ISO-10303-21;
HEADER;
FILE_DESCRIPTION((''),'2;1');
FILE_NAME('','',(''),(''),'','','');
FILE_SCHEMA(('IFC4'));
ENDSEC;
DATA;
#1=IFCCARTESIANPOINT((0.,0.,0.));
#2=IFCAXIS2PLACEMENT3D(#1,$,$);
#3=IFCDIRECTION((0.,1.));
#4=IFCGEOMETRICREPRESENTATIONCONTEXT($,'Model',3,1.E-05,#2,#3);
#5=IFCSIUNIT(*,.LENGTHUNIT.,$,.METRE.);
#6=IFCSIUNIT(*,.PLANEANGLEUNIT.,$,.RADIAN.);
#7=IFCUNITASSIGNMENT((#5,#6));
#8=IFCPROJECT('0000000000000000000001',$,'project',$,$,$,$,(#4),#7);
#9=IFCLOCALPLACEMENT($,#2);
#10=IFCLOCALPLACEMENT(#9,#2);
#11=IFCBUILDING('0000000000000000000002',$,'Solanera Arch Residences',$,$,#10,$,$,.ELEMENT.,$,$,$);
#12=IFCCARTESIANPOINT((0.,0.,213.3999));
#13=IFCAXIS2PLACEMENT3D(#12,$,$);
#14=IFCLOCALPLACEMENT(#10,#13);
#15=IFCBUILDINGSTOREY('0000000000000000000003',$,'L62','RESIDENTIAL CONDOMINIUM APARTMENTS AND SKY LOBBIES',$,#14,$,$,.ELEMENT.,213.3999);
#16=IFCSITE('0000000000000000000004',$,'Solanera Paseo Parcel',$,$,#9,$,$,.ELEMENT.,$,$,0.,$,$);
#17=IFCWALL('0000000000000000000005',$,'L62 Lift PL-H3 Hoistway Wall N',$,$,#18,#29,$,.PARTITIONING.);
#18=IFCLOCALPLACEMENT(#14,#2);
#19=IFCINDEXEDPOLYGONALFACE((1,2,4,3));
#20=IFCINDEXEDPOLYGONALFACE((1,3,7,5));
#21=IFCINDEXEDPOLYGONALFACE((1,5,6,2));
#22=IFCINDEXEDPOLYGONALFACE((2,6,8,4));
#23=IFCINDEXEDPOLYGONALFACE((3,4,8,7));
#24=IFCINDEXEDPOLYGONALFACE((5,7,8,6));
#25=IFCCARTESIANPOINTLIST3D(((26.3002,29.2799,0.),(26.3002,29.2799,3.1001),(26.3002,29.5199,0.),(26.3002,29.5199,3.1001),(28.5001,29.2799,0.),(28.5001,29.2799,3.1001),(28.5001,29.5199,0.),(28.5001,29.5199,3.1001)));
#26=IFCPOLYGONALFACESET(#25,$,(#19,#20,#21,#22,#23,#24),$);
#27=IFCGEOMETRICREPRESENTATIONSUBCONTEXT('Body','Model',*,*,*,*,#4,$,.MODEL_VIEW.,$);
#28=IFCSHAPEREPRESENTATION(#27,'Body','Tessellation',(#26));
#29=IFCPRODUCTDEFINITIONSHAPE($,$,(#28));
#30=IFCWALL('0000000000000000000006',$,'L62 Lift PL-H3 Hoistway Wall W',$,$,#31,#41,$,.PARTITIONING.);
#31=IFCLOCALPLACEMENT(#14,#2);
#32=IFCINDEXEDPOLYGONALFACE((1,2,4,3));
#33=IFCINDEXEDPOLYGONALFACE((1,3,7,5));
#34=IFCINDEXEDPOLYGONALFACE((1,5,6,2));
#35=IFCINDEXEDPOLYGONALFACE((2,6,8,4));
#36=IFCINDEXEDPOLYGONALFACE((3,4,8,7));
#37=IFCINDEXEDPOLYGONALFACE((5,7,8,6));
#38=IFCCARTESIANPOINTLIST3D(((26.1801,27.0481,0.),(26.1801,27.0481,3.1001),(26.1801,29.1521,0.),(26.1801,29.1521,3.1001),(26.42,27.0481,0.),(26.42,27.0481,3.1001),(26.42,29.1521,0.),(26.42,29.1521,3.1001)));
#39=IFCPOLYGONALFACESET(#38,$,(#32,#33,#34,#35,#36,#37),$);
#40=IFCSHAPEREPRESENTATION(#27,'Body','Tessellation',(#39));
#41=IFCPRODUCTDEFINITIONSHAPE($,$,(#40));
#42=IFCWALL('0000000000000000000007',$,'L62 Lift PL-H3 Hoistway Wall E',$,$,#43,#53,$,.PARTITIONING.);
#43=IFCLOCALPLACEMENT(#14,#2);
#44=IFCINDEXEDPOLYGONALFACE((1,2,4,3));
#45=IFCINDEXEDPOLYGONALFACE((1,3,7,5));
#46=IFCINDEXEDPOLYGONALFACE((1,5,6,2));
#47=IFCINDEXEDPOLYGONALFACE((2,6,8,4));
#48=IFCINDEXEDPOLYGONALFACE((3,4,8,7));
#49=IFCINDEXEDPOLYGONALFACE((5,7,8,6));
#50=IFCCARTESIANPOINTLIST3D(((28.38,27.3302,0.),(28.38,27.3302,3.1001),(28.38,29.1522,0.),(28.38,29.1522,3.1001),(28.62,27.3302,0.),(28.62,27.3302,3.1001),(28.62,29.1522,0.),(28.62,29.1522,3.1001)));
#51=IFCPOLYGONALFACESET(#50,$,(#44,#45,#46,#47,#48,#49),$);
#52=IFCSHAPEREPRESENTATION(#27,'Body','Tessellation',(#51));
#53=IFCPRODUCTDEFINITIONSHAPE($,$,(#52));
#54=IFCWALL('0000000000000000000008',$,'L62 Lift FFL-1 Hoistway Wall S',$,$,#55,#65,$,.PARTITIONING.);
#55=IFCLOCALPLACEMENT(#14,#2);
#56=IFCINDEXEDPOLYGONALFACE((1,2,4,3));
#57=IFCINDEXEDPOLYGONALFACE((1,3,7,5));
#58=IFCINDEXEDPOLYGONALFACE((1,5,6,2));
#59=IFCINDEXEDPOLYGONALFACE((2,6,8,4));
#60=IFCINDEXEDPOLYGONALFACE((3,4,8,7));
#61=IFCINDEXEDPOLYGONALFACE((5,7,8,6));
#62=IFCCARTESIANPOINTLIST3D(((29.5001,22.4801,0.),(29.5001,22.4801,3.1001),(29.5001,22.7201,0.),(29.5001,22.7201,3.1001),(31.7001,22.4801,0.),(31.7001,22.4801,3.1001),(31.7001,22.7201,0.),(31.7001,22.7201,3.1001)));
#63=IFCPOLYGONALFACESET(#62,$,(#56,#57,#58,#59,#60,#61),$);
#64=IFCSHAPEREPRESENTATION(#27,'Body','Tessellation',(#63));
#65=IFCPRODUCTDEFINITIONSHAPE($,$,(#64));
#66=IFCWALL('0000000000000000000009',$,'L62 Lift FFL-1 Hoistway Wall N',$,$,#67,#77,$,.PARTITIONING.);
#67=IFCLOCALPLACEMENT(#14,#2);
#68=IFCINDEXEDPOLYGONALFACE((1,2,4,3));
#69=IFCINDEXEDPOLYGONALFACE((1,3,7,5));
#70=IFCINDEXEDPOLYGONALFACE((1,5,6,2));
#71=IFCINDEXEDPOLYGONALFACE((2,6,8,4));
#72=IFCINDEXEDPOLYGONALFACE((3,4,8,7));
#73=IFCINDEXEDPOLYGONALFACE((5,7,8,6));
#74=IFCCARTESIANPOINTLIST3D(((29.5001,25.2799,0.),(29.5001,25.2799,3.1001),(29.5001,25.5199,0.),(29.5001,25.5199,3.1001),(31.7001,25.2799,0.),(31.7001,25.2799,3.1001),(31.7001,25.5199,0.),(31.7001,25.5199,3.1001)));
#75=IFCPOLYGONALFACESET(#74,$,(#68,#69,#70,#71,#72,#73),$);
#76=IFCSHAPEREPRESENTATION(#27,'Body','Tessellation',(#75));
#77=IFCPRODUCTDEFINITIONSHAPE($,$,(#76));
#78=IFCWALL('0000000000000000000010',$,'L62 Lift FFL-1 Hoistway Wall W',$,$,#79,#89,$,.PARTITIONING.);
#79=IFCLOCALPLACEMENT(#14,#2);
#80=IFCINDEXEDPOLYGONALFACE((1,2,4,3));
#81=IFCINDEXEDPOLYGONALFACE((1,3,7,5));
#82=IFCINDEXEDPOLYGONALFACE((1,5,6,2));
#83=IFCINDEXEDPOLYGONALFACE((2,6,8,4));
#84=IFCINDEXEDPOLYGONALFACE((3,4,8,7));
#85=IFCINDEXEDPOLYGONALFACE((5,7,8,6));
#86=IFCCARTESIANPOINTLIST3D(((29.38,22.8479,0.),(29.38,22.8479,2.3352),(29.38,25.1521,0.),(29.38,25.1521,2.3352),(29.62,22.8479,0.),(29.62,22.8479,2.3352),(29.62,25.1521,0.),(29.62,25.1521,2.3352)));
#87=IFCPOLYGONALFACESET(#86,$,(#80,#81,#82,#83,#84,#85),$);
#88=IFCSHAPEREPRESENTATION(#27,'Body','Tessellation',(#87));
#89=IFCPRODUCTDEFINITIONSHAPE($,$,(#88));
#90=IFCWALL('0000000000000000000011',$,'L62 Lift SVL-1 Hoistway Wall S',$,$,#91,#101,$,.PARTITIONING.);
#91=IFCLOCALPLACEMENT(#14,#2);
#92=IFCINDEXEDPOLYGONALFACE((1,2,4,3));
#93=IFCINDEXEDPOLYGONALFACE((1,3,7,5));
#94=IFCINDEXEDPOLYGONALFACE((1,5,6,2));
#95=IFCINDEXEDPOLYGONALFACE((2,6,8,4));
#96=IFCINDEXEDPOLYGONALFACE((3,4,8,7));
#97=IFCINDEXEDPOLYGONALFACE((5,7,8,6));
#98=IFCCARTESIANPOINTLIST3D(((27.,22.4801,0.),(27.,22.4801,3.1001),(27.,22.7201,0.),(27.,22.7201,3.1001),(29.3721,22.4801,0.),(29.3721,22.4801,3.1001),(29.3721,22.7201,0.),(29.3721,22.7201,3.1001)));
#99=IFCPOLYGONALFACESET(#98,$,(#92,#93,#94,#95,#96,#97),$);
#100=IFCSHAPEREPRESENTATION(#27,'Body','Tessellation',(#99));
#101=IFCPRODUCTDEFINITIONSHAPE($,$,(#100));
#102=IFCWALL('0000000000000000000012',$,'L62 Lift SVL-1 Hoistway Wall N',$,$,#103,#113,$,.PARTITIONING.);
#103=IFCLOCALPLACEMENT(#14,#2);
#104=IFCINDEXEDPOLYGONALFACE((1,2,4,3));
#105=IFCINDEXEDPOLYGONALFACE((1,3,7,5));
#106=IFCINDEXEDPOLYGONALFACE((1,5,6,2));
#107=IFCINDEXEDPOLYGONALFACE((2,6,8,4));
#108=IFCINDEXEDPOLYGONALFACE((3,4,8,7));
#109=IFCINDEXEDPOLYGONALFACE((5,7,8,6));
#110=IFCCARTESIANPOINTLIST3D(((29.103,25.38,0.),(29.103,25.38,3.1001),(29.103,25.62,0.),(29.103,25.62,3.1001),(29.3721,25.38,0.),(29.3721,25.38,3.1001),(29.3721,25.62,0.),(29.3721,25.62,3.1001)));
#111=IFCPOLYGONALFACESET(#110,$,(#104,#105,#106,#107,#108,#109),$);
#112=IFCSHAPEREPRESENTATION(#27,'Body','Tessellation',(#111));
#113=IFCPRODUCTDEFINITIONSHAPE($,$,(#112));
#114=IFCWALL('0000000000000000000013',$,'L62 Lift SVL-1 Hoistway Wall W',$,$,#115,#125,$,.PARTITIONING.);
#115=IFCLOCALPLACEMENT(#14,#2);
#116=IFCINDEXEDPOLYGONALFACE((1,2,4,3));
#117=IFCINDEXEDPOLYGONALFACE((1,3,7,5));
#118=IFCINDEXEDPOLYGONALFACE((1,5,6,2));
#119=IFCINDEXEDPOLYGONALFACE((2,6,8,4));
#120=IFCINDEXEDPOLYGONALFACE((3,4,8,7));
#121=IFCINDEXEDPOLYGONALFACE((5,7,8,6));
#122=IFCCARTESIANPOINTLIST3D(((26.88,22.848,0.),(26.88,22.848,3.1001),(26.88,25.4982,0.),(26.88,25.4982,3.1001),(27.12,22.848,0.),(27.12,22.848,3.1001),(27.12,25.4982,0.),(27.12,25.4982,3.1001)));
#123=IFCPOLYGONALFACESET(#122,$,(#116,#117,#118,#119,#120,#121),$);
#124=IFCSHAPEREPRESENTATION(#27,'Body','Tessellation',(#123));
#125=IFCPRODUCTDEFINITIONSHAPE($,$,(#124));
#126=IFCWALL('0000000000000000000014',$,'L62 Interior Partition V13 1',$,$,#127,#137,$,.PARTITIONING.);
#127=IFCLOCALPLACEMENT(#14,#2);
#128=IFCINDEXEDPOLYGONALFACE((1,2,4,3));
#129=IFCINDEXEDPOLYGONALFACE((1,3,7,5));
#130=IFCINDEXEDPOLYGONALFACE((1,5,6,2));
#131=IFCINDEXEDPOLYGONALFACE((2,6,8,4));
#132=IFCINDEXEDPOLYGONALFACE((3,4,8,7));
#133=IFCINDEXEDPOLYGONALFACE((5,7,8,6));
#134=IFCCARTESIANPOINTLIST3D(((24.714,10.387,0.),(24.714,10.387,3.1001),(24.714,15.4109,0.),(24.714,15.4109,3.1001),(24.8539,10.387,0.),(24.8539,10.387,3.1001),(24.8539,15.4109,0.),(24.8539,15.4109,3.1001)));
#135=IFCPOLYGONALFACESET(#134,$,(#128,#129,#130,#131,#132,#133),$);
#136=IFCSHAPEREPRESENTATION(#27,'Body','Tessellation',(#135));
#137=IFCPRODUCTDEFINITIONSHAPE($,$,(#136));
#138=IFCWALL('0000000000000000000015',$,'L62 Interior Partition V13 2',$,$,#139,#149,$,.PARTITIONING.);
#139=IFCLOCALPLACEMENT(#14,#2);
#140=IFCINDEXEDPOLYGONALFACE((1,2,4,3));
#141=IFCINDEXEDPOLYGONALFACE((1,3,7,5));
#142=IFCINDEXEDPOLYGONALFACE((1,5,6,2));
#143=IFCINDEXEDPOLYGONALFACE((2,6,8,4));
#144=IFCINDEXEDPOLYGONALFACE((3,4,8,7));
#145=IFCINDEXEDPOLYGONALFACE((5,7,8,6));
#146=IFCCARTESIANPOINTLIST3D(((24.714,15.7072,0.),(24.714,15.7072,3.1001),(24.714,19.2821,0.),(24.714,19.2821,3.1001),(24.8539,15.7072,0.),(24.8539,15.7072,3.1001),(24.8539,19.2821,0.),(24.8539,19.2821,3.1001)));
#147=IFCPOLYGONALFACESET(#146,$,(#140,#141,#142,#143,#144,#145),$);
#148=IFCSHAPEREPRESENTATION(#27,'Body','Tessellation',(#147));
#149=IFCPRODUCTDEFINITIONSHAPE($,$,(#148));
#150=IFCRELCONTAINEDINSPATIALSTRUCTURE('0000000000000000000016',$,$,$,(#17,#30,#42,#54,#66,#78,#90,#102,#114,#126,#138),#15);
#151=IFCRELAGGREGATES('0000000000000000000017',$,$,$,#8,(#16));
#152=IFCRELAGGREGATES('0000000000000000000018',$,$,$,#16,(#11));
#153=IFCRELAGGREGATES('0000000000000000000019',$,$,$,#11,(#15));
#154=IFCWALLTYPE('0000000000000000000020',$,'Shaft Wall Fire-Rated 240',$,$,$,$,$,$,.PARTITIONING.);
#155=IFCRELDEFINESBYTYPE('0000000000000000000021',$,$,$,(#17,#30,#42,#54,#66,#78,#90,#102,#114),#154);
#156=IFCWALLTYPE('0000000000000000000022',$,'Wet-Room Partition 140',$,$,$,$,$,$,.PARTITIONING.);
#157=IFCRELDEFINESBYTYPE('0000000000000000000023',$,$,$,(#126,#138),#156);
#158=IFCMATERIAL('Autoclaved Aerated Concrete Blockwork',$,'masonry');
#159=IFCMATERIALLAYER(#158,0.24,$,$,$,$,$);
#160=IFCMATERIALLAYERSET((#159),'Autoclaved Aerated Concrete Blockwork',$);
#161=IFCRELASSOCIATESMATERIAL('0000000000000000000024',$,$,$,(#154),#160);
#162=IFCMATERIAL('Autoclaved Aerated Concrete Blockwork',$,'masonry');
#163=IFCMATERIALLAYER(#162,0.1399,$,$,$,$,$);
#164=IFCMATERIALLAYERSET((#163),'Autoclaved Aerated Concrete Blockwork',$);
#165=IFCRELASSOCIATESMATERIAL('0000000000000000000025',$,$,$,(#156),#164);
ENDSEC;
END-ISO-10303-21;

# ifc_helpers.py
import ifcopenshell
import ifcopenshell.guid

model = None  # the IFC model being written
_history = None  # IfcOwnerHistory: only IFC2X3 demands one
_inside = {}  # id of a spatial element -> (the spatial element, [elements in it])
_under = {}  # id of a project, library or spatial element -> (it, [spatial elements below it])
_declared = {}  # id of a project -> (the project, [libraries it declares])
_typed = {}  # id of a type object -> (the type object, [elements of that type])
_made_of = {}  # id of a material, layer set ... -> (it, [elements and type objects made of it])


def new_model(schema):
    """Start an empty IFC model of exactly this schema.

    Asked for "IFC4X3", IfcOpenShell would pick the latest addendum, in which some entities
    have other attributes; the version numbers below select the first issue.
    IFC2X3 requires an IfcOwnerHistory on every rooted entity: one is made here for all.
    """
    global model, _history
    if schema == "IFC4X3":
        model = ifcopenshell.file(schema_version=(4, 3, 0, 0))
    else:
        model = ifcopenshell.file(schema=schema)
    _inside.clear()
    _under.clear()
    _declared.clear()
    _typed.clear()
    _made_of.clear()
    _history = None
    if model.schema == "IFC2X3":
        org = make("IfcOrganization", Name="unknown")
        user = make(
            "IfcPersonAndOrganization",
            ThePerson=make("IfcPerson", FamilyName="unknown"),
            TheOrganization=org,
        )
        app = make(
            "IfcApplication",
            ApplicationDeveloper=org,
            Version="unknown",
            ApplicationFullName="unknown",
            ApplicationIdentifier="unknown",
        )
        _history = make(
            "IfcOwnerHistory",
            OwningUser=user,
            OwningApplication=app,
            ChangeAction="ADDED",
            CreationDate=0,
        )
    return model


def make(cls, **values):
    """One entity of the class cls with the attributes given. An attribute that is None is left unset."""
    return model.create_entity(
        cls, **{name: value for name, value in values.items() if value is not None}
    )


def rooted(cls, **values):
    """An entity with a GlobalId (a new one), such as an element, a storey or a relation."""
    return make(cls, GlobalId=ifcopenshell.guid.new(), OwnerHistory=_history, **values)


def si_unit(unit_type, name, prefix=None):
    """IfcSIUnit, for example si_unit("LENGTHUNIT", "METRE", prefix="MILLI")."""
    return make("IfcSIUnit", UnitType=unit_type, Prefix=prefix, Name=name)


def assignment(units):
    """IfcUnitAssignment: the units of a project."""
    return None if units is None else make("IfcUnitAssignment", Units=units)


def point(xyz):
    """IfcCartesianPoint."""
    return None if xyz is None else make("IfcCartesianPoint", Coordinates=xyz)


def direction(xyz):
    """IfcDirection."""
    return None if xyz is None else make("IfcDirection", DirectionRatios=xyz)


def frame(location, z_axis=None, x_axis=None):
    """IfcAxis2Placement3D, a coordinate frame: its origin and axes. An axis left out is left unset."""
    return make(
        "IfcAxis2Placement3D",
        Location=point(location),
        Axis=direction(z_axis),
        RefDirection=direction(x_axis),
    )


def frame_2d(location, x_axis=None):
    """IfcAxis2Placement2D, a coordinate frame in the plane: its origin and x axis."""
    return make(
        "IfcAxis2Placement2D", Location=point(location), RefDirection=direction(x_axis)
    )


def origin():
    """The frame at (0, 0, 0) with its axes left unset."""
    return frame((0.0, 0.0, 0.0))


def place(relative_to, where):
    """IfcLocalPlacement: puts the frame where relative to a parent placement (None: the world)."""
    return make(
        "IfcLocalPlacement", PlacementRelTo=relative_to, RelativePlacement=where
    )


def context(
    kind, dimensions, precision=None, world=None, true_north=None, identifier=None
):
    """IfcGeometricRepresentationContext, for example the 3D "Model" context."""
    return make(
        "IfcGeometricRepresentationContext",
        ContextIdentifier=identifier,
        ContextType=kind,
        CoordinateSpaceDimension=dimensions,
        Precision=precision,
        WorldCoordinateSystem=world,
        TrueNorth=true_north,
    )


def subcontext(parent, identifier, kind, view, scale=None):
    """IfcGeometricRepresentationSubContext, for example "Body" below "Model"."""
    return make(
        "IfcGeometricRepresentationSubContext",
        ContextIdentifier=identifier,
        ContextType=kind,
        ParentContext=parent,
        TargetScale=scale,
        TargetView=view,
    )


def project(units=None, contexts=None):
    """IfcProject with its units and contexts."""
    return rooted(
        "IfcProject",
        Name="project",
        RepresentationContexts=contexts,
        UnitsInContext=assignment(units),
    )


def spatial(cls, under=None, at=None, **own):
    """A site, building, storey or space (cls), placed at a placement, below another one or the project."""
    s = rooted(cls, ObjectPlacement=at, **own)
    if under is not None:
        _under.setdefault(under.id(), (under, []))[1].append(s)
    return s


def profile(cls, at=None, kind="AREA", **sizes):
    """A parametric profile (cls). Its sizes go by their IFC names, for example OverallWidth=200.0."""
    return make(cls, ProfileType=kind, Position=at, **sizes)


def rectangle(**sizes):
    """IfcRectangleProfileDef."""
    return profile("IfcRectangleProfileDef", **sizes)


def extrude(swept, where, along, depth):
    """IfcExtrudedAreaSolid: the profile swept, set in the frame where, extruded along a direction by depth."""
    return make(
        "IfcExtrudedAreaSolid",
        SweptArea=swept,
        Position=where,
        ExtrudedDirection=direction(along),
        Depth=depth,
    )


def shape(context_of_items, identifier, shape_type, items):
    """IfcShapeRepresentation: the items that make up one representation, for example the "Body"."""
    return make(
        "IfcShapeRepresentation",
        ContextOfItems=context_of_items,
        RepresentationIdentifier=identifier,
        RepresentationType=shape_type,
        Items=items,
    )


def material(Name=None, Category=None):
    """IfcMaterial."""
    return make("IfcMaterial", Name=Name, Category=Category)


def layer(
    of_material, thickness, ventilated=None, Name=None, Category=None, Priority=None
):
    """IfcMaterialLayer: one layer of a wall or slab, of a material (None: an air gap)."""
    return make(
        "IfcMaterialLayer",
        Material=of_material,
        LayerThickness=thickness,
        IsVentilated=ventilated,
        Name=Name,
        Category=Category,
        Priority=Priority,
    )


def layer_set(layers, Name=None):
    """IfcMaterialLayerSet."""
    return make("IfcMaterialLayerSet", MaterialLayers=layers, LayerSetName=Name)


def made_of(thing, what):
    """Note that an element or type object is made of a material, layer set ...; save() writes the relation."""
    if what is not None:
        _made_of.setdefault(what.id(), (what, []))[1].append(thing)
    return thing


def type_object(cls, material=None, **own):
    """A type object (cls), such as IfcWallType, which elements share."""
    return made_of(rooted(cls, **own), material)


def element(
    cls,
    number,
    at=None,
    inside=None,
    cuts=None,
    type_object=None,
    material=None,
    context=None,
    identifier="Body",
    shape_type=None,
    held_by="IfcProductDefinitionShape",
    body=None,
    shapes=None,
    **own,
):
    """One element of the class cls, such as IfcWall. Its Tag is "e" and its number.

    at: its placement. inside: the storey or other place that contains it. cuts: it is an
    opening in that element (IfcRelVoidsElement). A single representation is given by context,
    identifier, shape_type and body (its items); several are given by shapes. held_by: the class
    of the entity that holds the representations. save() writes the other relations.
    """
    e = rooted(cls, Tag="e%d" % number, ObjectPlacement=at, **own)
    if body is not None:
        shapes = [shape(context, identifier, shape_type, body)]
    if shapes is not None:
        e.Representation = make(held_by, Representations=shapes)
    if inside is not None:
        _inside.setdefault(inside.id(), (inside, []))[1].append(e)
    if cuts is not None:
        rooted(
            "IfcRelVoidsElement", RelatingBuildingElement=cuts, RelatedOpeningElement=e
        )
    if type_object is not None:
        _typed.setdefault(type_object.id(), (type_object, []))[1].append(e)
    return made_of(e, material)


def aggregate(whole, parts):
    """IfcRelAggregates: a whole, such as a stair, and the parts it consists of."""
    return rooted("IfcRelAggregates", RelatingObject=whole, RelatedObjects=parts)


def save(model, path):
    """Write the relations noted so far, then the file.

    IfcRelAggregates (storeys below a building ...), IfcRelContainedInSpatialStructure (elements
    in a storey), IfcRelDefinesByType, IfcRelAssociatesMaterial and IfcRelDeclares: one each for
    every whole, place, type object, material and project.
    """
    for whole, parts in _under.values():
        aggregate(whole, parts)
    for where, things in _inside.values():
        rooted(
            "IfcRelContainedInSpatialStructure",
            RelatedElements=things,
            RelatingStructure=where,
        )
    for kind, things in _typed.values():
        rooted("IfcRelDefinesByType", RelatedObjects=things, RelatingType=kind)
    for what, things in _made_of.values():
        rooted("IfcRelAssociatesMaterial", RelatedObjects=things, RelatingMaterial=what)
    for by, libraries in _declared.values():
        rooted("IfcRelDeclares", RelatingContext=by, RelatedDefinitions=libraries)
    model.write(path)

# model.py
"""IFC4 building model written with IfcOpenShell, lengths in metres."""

from ifc_helpers import new_model, si_unit, direction, frame, frame_2d, origin, place, context, subcontext, project, spatial, rectangle, extrude, material, layer, layer_set, type_object, element, save


model = new_model("IFC4")

# Units and contexts
model_context = context("Model", 3, precision=1e-05, world=origin(), true_north=direction((0.0, 1.0)))
body_context = subcontext(model_context, "Body", "Model", "MODEL_VIEW")
ifc_project = project(units=[si_unit("LENGTHUNIT", "METRE"), si_unit("PLANEANGLEUNIT", "RADIAN")], contexts=[model_context])

# Site, building, storey
site_placement = place(None, origin())
site = spatial("IfcSite", under=ifc_project, at=site_placement, Name="Solanera Paseo Parcel", CompositionType="ELEMENT", RefElevation=0.0)
building_placement = place(site_placement, origin())
building = spatial("IfcBuilding", under=site, at=building_placement, Name="Solanera Arch Residences", CompositionType="ELEMENT")
storey_placement = place(building_placement, frame((0.0, 0.0, 213.3999)))
storey = spatial("IfcBuildingStorey", under=building, at=storey_placement, Name="L62", Description="RESIDENTIAL CONDOMINIUM APARTMENTS AND SKY LOBBIES", CompositionType="ELEMENT", Elevation=213.3999)

# Walls
ifc_material_1 = material(Name="Autoclaved Aerated Concrete Blockwork", Category="masonry")
ifc_layer_1 = layer(ifc_material_1, 0.24)
ifc_layer_set_1 = layer_set([ifc_layer_1], Name="Autoclaved Aerated Concrete Blockwork")
wall_type_1 = type_object("IfcWallType", Name="Shaft Wall Fire-Rated 240", PredefinedType="PARTITIONING", material=ifc_layer_set_1)
wall_1_placement = place(storey_placement, frame((26.3, 29.3999, 0.0), z_axis=(0.0, 0.0, 1.0), x_axis=(1.0, 0.0, 0.0)))
element("IfcWall", 1, at=wall_1_placement, inside=storey, type_object=wall_type_1, Name="L62 Lift PL-H3 Hoistway Wall N", PredefinedType="PARTITIONING", context=body_context, shape_type="SweptSolid", body=[
    extrude(rectangle(XDim=2.2, YDim=0.24, at=frame_2d((1.1001, 0.0))), origin(), (0.0, 0.0, 1.0), 3.1001),
])
wall_2_placement = place(storey_placement, frame((26.3, 27.0481, 0.0), z_axis=(0.0, 0.0, 1.0), x_axis=(0.0, 1.0, 0.0)))
element("IfcWall", 2, at=wall_2_placement, inside=storey, type_object=wall_type_1, Name="L62 Lift PL-H3 Hoistway Wall W", PredefinedType="PARTITIONING", context=body_context, shape_type="SweptSolid", body=[
    extrude(rectangle(XDim=2.104, YDim=0.24, at=frame_2d((1.052, 0.0))), origin(), (0.0, 0.0, 1.0), 3.1001),
])
wall_3_placement = place(storey_placement, frame((28.5, 27.3301, 0.0), z_axis=(0.0, 0.0, 1.0), x_axis=(0.0, 1.0, 0.0)))
element("IfcWall", 3, at=wall_3_placement, inside=storey, type_object=wall_type_1, Name="L62 Lift PL-H3 Hoistway Wall E", PredefinedType="PARTITIONING", context=body_context, shape_type="SweptSolid", body=[
    extrude(rectangle(XDim=1.822, YDim=0.24, at=frame_2d((0.9111, 0.0))), origin(), (0.0, 0.0, 1.0), 3.1001),
])
for number, where, z_axis, x_axis, name in (
    (4, (29.5, 22.6001, 0.0), (0.0, 0.0, 1.0), (1.0, 0.0, 0.0), "L62 Lift FFL-1 Hoistway Wall S"),
    (5, (29.5, 25.3999, 0.0), (0.0, 0.0, 1.0), (1.0, 0.0, 0.0), "L62 Lift FFL-1 Hoistway Wall N"),
):
    element("IfcWall", number, at=place(storey_placement, frame(where, z_axis=z_axis, x_axis=x_axis)), inside=storey, type_object=wall_type_1, Name=name, PredefinedType="PARTITIONING", context=body_context, shape_type="SweptSolid", body=[
        extrude(rectangle(XDim=2.2, YDim=0.24, at=frame_2d((1.1001, 0.0))), origin(), (0.0, 0.0, 1.0), 3.1001),
    ])
wall_4_placement = place(storey_placement, frame((29.5, 22.8479, 0.0), z_axis=(0.0, 0.0, 1.0), x_axis=(0.0, 1.0, 0.0)))
element("IfcWall", 6, at=wall_4_placement, inside=storey, type_object=wall_type_1, Name="L62 Lift FFL-1 Hoistway Wall W", PredefinedType="PARTITIONING", context=body_context, shape_type="SweptSolid", body=[
    extrude(rectangle(XDim=2.3042, YDim=0.24, at=frame_2d((1.1521, 0.0))), origin(), (0.0, 0.0, 1.0), 2.3352),
])
wall_5_placement = place(storey_placement, frame((27.0, 22.6001, 0.0), z_axis=(0.0, 0.0, 1.0), x_axis=(1.0, 0.0, 0.0)))
element("IfcWall", 7, at=wall_5_placement, inside=storey, type_object=wall_type_1, Name="L62 Lift SVL-1 Hoistway Wall S", PredefinedType="PARTITIONING", context=body_context, shape_type="SweptSolid", body=[
    extrude(rectangle(XDim=2.3721, YDim=0.24, at=frame_2d((1.186, 0.0))), origin(), (0.0, 0.0, 1.0), 3.1001),
])
wall_6_placement = place(storey_placement, frame((29.103, 25.5, 0.0), z_axis=(0.0, 0.0, 1.0), x_axis=(1.0, 0.0, 0.0)))
element("IfcWall", 8, at=wall_6_placement, inside=storey, type_object=wall_type_1, Name="L62 Lift SVL-1 Hoistway Wall N", PredefinedType="PARTITIONING", context=body_context, shape_type="SweptSolid", body=[
    extrude(rectangle(XDim=0.269, YDim=0.24, at=frame_2d((0.1345, 0.0))), origin(), (0.0, 0.0, 1.0), 3.1001),
])
wall_7_placement = place(storey_placement, frame((27.0, 22.8479, 0.0), z_axis=(0.0, 0.0, 1.0), x_axis=(0.0, 1.0, 0.0)))
element("IfcWall", 9, at=wall_7_placement, inside=storey, type_object=wall_type_1, Name="L62 Lift SVL-1 Hoistway Wall W", PredefinedType="PARTITIONING", context=body_context, shape_type="SweptSolid", body=[
    extrude(rectangle(XDim=2.6501, YDim=0.24, at=frame_2d((1.3252, 0.0))), origin(), (0.0, 0.0, 1.0), 3.1001),
])
ifc_material_2 = material(Name="Autoclaved Aerated Concrete Blockwork", Category="masonry")
ifc_layer_2 = layer(ifc_material_2, 0.1399)
ifc_layer_set_2 = layer_set([ifc_layer_2], Name="Autoclaved Aerated Concrete Blockwork")
wall_type_2 = type_object("IfcWallType", Name="Wet-Room Partition 140", PredefinedType="PARTITIONING", material=ifc_layer_set_2)
wall_8_placement = place(storey_placement, frame((24.7839, 10.387, 0.0), z_axis=(0.0, 0.0, 1.0), x_axis=(0.0, 1.0, 0.0)))
element("IfcWall", 10, at=wall_8_placement, inside=storey, type_object=wall_type_2, Name="L62 Interior Partition V13 1", PredefinedType="PARTITIONING", context=body_context, shape_type="SweptSolid", body=[
    extrude(rectangle(XDim=5.0239, YDim=0.1399, at=frame_2d((2.512, 0.0))), origin(), (0.0, 0.0, 1.0), 3.1001),
])
wall_9_placement = place(storey_placement, frame((24.7839, 15.707, 0.0), z_axis=(0.0, 0.0, 1.0), x_axis=(0.0, 1.0, 0.0)))
element("IfcWall", 11, at=wall_9_placement, inside=storey, type_object=wall_type_2, Name="L62 Interior Partition V13 2", PredefinedType="PARTITIONING", context=body_context, shape_type="SweptSolid", body=[
    extrude(rectangle(XDim=3.575, YDim=0.1399, at=frame_2d((1.7876, 0.0))), origin(), (0.0, 0.0, 1.0), 3.1001),
])

save(model, "model.ifc")
